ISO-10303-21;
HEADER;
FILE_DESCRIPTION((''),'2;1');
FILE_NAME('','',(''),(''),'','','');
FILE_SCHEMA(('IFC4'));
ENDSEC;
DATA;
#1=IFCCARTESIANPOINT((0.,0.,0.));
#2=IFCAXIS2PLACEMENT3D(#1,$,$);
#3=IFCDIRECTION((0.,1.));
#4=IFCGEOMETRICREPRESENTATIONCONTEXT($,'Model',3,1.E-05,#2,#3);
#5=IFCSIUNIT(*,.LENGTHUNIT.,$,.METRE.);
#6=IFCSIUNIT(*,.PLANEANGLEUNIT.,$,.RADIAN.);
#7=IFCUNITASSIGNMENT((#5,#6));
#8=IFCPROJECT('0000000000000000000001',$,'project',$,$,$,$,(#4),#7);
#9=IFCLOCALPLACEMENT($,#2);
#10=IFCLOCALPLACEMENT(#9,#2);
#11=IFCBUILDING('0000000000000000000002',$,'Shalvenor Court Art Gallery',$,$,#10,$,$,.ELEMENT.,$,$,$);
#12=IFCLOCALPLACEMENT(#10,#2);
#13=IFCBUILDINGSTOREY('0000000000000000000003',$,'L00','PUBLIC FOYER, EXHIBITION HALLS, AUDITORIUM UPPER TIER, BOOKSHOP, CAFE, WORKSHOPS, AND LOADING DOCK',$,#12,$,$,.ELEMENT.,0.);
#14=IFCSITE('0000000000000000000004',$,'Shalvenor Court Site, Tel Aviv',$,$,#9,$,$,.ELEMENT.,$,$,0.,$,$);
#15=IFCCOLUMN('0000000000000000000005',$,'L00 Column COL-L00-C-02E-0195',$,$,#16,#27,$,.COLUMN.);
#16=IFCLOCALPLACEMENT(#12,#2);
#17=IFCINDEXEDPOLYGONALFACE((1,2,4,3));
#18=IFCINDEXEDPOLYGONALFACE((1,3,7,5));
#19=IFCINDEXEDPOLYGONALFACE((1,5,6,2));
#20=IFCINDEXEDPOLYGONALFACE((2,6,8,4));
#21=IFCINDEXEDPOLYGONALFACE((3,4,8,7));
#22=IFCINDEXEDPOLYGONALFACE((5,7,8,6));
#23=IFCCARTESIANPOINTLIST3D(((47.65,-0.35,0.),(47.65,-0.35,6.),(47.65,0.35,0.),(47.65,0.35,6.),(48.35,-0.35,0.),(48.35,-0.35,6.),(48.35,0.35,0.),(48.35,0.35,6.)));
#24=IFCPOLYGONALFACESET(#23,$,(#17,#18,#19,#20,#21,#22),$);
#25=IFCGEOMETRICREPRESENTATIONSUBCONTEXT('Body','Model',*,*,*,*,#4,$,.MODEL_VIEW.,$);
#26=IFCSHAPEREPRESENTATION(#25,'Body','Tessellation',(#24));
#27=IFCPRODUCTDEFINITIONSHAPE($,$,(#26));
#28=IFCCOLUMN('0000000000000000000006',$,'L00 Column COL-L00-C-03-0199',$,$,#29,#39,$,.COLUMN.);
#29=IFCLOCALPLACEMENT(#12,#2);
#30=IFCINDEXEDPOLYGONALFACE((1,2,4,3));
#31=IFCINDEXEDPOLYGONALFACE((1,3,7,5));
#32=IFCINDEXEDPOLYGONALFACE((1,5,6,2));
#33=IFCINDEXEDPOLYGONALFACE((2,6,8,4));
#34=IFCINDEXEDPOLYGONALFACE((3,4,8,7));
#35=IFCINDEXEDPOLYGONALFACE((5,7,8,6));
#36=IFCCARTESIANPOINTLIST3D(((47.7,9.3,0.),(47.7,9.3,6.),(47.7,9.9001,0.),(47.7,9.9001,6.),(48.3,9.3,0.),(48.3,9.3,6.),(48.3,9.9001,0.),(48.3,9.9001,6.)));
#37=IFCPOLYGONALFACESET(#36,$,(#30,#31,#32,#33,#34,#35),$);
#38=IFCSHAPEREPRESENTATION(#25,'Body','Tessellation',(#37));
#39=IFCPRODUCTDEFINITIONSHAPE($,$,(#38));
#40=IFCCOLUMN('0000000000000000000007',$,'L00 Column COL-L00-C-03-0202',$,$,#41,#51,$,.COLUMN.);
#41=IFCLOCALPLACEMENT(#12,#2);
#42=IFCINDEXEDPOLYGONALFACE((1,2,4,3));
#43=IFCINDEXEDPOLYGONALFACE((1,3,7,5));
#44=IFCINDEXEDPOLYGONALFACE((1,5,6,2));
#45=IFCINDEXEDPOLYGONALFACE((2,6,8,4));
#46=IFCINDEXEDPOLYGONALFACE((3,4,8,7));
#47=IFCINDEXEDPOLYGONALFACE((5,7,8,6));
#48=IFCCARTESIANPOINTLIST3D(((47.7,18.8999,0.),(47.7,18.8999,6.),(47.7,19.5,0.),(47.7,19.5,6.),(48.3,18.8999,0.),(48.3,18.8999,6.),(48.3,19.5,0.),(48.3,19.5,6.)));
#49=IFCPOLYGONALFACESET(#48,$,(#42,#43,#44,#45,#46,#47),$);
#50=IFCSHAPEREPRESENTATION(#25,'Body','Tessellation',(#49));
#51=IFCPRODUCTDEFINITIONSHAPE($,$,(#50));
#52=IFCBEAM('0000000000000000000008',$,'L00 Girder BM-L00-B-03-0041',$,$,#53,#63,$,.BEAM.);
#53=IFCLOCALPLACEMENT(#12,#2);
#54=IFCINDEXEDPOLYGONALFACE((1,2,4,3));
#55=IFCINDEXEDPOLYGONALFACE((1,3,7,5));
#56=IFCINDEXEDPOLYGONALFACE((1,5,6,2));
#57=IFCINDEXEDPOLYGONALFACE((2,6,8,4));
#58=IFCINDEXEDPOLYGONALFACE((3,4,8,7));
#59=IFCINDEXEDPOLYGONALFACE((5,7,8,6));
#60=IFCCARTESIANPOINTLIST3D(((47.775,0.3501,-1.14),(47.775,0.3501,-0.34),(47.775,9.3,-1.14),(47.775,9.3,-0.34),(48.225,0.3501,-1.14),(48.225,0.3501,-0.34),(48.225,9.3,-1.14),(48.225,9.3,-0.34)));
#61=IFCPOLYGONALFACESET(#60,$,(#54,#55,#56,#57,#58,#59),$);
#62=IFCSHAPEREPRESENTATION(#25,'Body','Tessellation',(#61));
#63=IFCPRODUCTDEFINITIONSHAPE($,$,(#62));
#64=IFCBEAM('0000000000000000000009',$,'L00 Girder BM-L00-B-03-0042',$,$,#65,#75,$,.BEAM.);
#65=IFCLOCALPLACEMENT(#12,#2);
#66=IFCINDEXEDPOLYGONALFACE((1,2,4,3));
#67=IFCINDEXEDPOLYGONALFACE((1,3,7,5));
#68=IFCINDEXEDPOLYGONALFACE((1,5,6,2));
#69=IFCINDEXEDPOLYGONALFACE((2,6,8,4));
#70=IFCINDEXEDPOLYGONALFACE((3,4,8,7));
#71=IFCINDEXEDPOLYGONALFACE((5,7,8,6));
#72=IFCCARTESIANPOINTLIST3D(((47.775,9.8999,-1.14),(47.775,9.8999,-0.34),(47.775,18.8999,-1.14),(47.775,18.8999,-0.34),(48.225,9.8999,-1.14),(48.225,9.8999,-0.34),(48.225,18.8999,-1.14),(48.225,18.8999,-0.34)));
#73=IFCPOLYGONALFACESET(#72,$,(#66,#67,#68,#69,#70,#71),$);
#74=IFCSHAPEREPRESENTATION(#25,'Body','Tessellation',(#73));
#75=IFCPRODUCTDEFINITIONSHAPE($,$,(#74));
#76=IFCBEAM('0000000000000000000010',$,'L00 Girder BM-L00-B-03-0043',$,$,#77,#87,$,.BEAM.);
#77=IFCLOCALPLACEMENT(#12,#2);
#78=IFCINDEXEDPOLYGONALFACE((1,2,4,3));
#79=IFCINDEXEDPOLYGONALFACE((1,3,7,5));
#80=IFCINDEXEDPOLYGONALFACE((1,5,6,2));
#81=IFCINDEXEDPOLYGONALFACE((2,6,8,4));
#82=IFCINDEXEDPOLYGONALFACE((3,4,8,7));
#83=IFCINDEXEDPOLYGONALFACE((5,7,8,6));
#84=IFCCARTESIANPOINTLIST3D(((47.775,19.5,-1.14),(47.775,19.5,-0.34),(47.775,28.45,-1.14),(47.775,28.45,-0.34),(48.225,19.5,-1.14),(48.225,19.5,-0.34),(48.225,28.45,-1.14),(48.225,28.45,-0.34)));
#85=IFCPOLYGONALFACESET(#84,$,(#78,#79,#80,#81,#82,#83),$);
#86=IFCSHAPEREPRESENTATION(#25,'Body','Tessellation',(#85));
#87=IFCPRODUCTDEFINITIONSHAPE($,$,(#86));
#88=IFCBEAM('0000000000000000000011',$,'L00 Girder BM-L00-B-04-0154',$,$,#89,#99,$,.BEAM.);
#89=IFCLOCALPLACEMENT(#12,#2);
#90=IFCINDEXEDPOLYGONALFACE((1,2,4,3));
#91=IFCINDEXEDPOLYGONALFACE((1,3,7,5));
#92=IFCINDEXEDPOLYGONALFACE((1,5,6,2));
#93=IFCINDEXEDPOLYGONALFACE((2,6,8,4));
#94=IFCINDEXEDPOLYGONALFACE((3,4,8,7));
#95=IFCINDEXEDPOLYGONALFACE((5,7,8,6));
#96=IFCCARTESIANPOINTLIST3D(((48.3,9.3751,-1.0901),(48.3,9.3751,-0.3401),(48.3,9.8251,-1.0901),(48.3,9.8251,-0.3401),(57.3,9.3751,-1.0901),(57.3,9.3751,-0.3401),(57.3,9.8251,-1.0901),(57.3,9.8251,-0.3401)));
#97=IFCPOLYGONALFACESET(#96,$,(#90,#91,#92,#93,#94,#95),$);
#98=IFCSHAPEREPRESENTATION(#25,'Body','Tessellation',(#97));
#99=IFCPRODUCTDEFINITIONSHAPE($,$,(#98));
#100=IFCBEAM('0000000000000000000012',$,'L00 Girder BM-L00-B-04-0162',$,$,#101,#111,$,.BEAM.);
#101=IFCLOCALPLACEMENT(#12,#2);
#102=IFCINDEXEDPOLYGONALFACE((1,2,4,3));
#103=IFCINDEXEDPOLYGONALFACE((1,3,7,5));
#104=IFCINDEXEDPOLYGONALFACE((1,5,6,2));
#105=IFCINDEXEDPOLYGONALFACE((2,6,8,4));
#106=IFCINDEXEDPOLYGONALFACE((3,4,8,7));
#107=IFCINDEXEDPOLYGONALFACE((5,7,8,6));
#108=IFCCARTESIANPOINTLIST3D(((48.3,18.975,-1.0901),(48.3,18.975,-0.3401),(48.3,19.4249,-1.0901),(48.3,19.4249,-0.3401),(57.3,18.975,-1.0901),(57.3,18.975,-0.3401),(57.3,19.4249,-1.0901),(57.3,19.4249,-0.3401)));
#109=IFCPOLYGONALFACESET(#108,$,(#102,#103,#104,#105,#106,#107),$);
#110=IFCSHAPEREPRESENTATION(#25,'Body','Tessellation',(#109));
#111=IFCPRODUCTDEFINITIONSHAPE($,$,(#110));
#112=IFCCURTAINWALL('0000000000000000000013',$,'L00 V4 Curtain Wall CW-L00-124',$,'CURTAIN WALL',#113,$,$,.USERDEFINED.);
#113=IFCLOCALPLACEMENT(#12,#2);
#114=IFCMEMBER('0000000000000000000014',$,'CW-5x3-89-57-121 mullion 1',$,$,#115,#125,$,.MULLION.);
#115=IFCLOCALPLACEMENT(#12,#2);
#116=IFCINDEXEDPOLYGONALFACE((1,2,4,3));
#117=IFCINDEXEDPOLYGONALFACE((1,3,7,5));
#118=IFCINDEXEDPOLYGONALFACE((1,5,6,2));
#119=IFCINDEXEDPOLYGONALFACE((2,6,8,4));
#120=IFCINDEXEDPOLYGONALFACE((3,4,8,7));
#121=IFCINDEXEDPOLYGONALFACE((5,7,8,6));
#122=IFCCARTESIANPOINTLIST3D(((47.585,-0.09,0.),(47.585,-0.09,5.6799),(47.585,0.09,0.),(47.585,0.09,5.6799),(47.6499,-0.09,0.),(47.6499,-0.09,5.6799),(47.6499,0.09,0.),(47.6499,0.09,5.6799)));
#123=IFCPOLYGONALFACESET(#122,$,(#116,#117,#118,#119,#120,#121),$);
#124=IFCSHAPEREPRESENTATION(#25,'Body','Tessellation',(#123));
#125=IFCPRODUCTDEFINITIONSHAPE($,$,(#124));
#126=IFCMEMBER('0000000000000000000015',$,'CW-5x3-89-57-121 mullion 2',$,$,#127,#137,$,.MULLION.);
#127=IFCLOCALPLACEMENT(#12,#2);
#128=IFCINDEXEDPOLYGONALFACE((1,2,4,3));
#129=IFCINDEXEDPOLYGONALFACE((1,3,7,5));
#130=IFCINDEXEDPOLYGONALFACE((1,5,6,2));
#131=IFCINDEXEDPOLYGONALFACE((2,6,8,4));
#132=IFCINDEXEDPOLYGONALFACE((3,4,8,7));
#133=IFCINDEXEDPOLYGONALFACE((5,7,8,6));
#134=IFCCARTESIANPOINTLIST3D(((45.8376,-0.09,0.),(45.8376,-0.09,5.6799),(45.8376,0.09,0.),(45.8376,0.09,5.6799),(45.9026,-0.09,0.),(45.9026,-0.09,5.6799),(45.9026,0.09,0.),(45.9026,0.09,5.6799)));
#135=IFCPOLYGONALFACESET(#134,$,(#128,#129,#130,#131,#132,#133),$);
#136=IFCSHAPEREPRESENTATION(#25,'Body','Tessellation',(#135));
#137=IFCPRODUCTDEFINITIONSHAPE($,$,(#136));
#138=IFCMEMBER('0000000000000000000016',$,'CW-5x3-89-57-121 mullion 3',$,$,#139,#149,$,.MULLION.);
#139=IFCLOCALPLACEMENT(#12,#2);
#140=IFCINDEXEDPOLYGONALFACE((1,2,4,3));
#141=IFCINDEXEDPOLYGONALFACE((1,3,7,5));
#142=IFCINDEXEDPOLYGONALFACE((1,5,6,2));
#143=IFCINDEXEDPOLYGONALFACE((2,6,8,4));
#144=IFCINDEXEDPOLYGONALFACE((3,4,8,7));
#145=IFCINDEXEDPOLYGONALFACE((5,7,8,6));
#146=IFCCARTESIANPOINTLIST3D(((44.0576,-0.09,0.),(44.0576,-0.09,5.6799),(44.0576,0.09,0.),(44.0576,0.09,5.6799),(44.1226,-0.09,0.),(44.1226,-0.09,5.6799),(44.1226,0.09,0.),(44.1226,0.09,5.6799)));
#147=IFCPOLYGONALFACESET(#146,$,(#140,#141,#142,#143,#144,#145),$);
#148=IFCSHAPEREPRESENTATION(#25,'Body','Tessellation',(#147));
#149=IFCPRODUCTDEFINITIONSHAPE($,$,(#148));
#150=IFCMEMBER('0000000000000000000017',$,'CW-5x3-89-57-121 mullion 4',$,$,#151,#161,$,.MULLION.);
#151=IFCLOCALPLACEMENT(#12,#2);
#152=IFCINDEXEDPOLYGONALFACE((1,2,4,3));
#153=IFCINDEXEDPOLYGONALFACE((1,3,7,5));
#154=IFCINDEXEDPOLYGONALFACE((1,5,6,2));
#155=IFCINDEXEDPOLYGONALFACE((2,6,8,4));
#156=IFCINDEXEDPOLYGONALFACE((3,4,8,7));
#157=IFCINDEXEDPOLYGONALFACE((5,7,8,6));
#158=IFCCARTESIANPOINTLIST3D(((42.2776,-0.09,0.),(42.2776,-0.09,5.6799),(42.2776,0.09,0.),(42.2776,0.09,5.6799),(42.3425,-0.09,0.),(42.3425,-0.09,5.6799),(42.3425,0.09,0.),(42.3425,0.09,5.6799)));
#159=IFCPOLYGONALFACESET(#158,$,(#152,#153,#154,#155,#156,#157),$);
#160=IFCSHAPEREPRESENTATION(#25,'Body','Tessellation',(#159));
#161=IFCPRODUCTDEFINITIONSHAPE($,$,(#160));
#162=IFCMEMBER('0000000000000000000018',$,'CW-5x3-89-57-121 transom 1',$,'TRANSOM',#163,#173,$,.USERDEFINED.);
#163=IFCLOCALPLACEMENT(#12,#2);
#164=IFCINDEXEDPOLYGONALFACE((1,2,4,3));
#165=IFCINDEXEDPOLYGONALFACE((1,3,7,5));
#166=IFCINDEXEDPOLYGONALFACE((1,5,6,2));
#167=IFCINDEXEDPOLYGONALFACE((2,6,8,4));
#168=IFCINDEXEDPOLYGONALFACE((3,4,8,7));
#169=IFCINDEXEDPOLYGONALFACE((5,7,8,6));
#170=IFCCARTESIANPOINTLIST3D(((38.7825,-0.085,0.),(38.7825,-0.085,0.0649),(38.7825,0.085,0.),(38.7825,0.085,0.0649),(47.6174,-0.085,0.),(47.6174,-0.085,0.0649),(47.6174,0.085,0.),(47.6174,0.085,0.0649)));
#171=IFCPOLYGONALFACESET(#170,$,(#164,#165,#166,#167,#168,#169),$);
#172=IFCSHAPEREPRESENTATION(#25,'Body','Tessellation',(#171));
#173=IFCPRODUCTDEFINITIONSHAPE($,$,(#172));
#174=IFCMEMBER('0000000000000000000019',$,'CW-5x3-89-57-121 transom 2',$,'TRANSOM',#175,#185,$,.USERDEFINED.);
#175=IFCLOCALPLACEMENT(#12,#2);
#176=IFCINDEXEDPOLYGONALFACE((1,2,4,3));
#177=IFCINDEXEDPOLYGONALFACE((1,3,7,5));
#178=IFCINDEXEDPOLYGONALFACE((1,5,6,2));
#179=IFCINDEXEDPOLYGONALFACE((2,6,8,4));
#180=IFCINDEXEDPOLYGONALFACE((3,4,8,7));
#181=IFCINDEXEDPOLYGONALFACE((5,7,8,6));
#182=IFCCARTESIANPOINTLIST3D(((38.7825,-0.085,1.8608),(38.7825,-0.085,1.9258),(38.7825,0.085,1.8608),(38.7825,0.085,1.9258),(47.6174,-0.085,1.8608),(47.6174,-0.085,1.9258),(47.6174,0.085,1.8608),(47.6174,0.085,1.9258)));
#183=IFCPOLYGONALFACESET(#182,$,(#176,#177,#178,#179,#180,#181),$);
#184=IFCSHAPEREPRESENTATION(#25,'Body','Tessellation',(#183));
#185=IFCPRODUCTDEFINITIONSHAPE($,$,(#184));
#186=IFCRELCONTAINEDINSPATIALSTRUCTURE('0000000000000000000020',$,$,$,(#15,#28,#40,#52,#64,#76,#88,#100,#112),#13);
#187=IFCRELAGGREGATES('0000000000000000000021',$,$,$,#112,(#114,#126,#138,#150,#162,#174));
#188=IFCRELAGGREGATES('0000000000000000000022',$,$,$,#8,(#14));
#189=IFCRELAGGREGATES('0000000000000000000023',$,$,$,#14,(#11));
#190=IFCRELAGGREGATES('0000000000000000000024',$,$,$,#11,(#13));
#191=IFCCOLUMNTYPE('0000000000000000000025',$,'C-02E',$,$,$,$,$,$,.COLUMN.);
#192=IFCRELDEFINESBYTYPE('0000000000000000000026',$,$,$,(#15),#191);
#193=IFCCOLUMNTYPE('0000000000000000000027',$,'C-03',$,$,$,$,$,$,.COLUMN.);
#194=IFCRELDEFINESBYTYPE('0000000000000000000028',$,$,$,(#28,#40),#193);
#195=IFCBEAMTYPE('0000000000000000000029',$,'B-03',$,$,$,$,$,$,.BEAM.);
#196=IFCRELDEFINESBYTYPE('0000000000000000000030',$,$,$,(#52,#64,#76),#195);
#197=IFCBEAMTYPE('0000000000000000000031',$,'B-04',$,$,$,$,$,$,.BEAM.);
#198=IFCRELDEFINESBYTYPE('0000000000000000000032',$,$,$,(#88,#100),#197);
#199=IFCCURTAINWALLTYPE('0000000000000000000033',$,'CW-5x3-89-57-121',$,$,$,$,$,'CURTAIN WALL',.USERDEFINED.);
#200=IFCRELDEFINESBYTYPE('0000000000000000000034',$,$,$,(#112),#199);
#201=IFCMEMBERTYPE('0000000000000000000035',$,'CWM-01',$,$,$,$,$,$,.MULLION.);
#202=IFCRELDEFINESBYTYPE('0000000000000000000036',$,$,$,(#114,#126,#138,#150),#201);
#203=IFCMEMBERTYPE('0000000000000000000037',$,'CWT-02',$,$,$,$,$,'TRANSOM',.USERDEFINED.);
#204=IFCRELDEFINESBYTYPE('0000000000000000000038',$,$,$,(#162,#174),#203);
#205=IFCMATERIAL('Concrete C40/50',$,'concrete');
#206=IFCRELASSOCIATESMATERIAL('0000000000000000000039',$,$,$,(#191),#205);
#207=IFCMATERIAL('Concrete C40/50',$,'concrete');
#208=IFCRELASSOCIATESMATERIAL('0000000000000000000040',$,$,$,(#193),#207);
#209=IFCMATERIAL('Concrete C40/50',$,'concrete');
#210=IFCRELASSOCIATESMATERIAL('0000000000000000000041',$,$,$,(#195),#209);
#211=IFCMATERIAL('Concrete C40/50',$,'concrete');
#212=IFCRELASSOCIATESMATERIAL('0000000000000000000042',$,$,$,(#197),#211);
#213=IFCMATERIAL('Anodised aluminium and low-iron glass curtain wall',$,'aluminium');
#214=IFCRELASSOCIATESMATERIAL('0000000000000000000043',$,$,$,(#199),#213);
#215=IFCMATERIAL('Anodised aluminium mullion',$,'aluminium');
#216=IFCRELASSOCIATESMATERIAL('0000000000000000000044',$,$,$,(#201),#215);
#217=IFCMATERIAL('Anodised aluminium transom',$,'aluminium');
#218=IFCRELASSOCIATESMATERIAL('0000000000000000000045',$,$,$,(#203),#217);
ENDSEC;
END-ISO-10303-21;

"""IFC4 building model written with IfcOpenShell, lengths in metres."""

from ifc_helpers import new_model, si_unit, direction, frame, origin, origin_2d, place, context, subcontext, project, spatial, rectangle, extrude, material, material_profile, profile_set, type_object, element, aggregate, save


model = new_model("IFC4")

# Units and contexts
model_context = context("Model", 3, precision=1e-05, world=origin(), true_north=direction((0.0, 1.0)))
body_context = subcontext(model_context, "Body", "Model", "MODEL_VIEW")
ifc_project = project(units=[si_unit("LENGTHUNIT", "METRE"), si_unit("PLANEANGLEUNIT", "RADIAN")], contexts=[model_context])

# Site, building, storey
site_placement = place(None, origin())
site = spatial("IfcSite", under=ifc_project, at=site_placement, Name="Shalvenor Court Site, Tel Aviv", CompositionType="ELEMENT", RefElevation=0.0)
building_placement = place(site_placement, origin())
building = spatial("IfcBuilding", under=site, at=building_placement, Name="Shalvenor Court Art Gallery", CompositionType="ELEMENT")
storey_placement = place(building_placement, origin())
storey = spatial("IfcBuildingStorey", under=building, at=storey_placement, Name="L00", Description="PUBLIC FOYER, EXHIBITION HALLS, AUDITORIUM UPPER TIER, BOOKSHOP, CAFE, WORKSHOPS, AND LOADING DOCK", CompositionType="ELEMENT", Elevation=0.0)

# Columns
ifc_material_1 = material(Name="Concrete C40/50", Category="concrete")
ifc_material_profile_1 = material_profile(ifc_material_1, rectangle(XDim=0.7, YDim=0.7, at=origin_2d()), Name="RC 700x700")
ifc_profile_set_1 = profile_set([ifc_material_profile_1], Name="Concrete C40/50")
column_type_1 = type_object("IfcColumnType", Name="C-02E", PredefinedType="COLUMN", material=ifc_profile_set_1)
column_placement = place(storey_placement, frame((48.0, 0.0, 0.0), z_axis=(0.0, 0.0, 1.0), x_axis=(1.0, 0.0, 0.0)))
element("IfcColumn", 1, at=column_placement, inside=storey, type_object=column_type_1, Name="L00 Column COL-L00-C-02E-0195", PredefinedType="COLUMN", context=body_context, shape_type="SweptSolid", body=[
    extrude(rectangle(XDim=0.7, YDim=0.7, at=origin_2d()), origin(), (0.0, 0.0, 1.0), 6.0),
])
ifc_material_2 = material(Name="Concrete C40/50", Category="concrete")
ifc_material_profile_2 = material_profile(ifc_material_2, rectangle(XDim=0.6001, YDim=0.6001, at=origin_2d()), Name="RC 600x600")
ifc_profile_set_2 = profile_set([ifc_material_profile_2], Name="Concrete C40/50")
column_type_2 = type_object("IfcColumnType", Name="C-03", PredefinedType="COLUMN", material=ifc_profile_set_2)
for number, where, z_axis, x_axis, name in (
    (2, (48.0, 9.6001, 0.0), (0.0, 0.0, 1.0), (1.0, 0.0, 0.0), "L00 Column COL-L00-C-03-0199"),
    (3, (48.0, 19.2, 0.0), (0.0, 0.0, 1.0), (1.0, 0.0, 0.0), "L00 Column COL-L00-C-03-0202"),
):
    element("IfcColumn", number, at=place(storey_placement, frame(where, z_axis=z_axis, x_axis=x_axis)), inside=storey, type_object=column_type_2, Name=name, PredefinedType="COLUMN", context=body_context, shape_type="SweptSolid", body=[
        extrude(rectangle(XDim=0.6001, YDim=0.6001, at=origin_2d()), origin(), (0.0, 0.0, 1.0), 6.0),
    ])

# Beams
ifc_material_3 = material(Name="Concrete C40/50", Category="concrete")
ifc_material_profile_3 = material_profile(ifc_material_3, rectangle(XDim=0.45, YDim=0.8, at=origin_2d()), Name="RC 450x800")
ifc_profile_set_3 = profile_set([ifc_material_profile_3], Name="Concrete C40/50")
beam_type_1 = type_object("IfcBeamType", Name="B-03", PredefinedType="BEAM", material=ifc_profile_set_3)
beam_1_placement = place(storey_placement, frame((48.0, 0.3501, -0.74), z_axis=(0.0, 1.0, 0.0), x_axis=(-1.0, 0.0, 0.0)))
element("IfcBeam", 4, at=beam_1_placement, inside=storey, type_object=beam_type_1, Name="L00 Girder BM-L00-B-03-0041", PredefinedType="BEAM", context=body_context, shape_type="SweptSolid", body=[
    extrude(rectangle(XDim=0.45, YDim=0.8, at=origin_2d()), origin(), (0.0, 0.0, 1.0), 8.95),
])
beam_2_placement = place(storey_placement, frame((48.0, 9.8999, -0.74), z_axis=(0.0, 1.0, 0.0), x_axis=(-1.0, 0.0, 0.0)))
element("IfcBeam", 5, at=beam_2_placement, inside=storey, type_object=beam_type_1, Name="L00 Girder BM-L00-B-03-0042", PredefinedType="BEAM", context=body_context, shape_type="SweptSolid", body=[
    extrude(rectangle(XDim=0.45, YDim=0.8, at=origin_2d()), origin(), (0.0, 0.0, 1.0), 9.0),
])
beam_3_placement = place(storey_placement, frame((48.0, 19.5, -0.74), z_axis=(0.0, 1.0, 0.0), x_axis=(-1.0, 0.0, 0.0)))
element("IfcBeam", 6, at=beam_3_placement, inside=storey, type_object=beam_type_1, Name="L00 Girder BM-L00-B-03-0043", PredefinedType="BEAM", context=body_context, shape_type="SweptSolid", body=[
    extrude(rectangle(XDim=0.45, YDim=0.8, at=origin_2d()), origin(), (0.0, 0.0, 1.0), 8.95),
])
ifc_material_4 = material(Name="Concrete C40/50", Category="concrete")
ifc_material_profile_4 = material_profile(ifc_material_4, rectangle(XDim=0.45, YDim=0.75, at=origin_2d()), Name="RC 450x750")
ifc_profile_set_4 = profile_set([ifc_material_profile_4], Name="Concrete C40/50")
beam_type_2 = type_object("IfcBeamType", Name="B-04", PredefinedType="BEAM", material=ifc_profile_set_4)
for number, where, z_axis, x_axis, name in (
    (7, (48.3, 9.6001, -0.7151), (1.0, 0.0, 0.0), (0.0, 1.0, 0.0), "L00 Girder BM-L00-B-04-0154"),
    (8, (48.3, 19.2, -0.7151), (1.0, 0.0, 0.0), (0.0, 1.0, 0.0), "L00 Girder BM-L00-B-04-0162"),
):
    element("IfcBeam", number, at=place(storey_placement, frame(where, z_axis=z_axis, x_axis=x_axis)), inside=storey, type_object=beam_type_2, Name=name, PredefinedType="BEAM", context=body_context, shape_type="SweptSolid", body=[
        extrude(rectangle(XDim=0.45, YDim=0.75, at=origin_2d()), origin(), (0.0, 0.0, 1.0), 9.0),
    ])

# Curtain wall, members
ifc_material_5 = material(Name="Anodised aluminium and low-iron glass curtain wall", Category="aluminium")
curtain_wall_type = type_object("IfcCurtainWallType", Name="CW-5x3-89-57-121", ElementType="CURTAIN WALL", PredefinedType="USERDEFINED", material=ifc_material_5)
curtain_wall_placement = place(storey_placement, origin())
curtain_wall = element("IfcCurtainWall", 9, at=curtain_wall_placement, inside=storey, type_object=curtain_wall_type, Name="L00 V4 Curtain Wall CW-L00-124", ObjectType="CURTAIN WALL", PredefinedType="USERDEFINED")
ifc_material_6 = material(Name="Anodised aluminium mullion", Category="aluminium")
ifc_material_profile_5 = material_profile(ifc_material_6, rectangle(XDim=0.0649, YDim=0.1799, at=origin_2d()), Name="CWM-01")
ifc_profile_set_5 = profile_set([ifc_material_profile_5], Name="Anodised aluminium mullion")
member_type_1 = type_object("IfcMemberType", Name="CWM-01", PredefinedType="MULLION", material=ifc_profile_set_5)
member_1_placement = place(storey_placement, frame((47.6174, 0.0, 0.0), z_axis=(0.0, 0.0, 1.0), x_axis=(-1.0, 0.0, 0.0)))
member_1 = element("IfcMember", 10, at=member_1_placement, type_object=member_type_1, Name="CW-5x3-89-57-121 mullion 1", PredefinedType="MULLION", context=body_context, shape_type="SweptSolid", body=[
    extrude(rectangle(XDim=0.0649, YDim=0.1799, at=origin_2d()), origin(), (0.0, 0.0, 1.0), 5.6799),
])
member_2_placement = place(storey_placement, frame((45.8701, 0.0, 0.0), z_axis=(0.0, 0.0, 1.0), x_axis=(-1.0, 0.0, 0.0)))
member_2 = element("IfcMember", 11, at=member_2_placement, type_object=member_type_1, Name="CW-5x3-89-57-121 mullion 2", PredefinedType="MULLION", context=body_context, shape_type="SweptSolid", body=[
    extrude(rectangle(XDim=0.0649, YDim=0.1799, at=origin_2d()), origin(), (0.0, 0.0, 1.0), 5.6799),
])
member_3_placement = place(storey_placement, frame((44.0901, 0.0, 0.0), z_axis=(0.0, 0.0, 1.0), x_axis=(-1.0, 0.0, 0.0)))
member_3 = element("IfcMember", 12, at=member_3_placement, type_object=member_type_1, Name="CW-5x3-89-57-121 mullion 3", PredefinedType="MULLION", context=body_context, shape_type="SweptSolid", body=[
    extrude(rectangle(XDim=0.0649, YDim=0.1799, at=origin_2d()), origin(), (0.0, 0.0, 1.0), 5.6799),
])
member_4_placement = place(storey_placement, frame((42.3101, 0.0, 0.0), z_axis=(0.0, 0.0, 1.0), x_axis=(-1.0, 0.0, 0.0)))
member_4 = element("IfcMember", 13, at=member_4_placement, type_object=member_type_1, Name="CW-5x3-89-57-121 mullion 4", PredefinedType="MULLION", context=body_context, shape_type="SweptSolid", body=[
    extrude(rectangle(XDim=0.0649, YDim=0.1799, at=origin_2d()), origin(), (0.0, 0.0, 1.0), 5.6799),
])
ifc_material_7 = material(Name="Anodised aluminium transom", Category="aluminium")
ifc_material_profile_6 = material_profile(ifc_material_7, rectangle(XDim=0.1699, YDim=0.0649, at=origin_2d()), Name="CWT-02")
ifc_profile_set_6 = profile_set([ifc_material_profile_6], Name="Anodised aluminium transom")
member_type_2 = type_object("IfcMemberType", Name="CWT-02", ElementType="TRANSOM", PredefinedType="USERDEFINED", material=ifc_profile_set_6)
member_5_placement = place(storey_placement, frame((47.6174, 0.0, 0.0325), z_axis=(-1.0, 0.0, 0.0), x_axis=(0.0, -1.0, 0.0)))
member_5 = element("IfcMember", 14, at=member_5_placement, type_object=member_type_2, Name="CW-5x3-89-57-121 transom 1", ObjectType="TRANSOM", PredefinedType="USERDEFINED", context=body_context, shape_type="SweptSolid", body=[
    extrude(rectangle(XDim=0.1699, YDim=0.0649, at=origin_2d()), origin(), (0.0, 0.0, 1.0), 8.835),
])
member_6_placement = place(storey_placement, frame((47.6174, 0.0, 1.8933), z_axis=(-1.0, 0.0, 0.0), x_axis=(0.0, -1.0, 0.0)))
member_6 = element("IfcMember", 15, at=member_6_placement, type_object=member_type_2, Name="CW-5x3-89-57-121 transom 2", ObjectType="TRANSOM", PredefinedType="USERDEFINED", context=body_context, shape_type="SweptSolid", body=[
    extrude(rectangle(XDim=0.1699, YDim=0.0649, at=origin_2d()), origin(), (0.0, 0.0, 1.0), 8.835),
])

aggregate(curtain_wall, [member_1, member_2, member_3, member_4, member_5, member_6])

save(model, "model.ifc")
